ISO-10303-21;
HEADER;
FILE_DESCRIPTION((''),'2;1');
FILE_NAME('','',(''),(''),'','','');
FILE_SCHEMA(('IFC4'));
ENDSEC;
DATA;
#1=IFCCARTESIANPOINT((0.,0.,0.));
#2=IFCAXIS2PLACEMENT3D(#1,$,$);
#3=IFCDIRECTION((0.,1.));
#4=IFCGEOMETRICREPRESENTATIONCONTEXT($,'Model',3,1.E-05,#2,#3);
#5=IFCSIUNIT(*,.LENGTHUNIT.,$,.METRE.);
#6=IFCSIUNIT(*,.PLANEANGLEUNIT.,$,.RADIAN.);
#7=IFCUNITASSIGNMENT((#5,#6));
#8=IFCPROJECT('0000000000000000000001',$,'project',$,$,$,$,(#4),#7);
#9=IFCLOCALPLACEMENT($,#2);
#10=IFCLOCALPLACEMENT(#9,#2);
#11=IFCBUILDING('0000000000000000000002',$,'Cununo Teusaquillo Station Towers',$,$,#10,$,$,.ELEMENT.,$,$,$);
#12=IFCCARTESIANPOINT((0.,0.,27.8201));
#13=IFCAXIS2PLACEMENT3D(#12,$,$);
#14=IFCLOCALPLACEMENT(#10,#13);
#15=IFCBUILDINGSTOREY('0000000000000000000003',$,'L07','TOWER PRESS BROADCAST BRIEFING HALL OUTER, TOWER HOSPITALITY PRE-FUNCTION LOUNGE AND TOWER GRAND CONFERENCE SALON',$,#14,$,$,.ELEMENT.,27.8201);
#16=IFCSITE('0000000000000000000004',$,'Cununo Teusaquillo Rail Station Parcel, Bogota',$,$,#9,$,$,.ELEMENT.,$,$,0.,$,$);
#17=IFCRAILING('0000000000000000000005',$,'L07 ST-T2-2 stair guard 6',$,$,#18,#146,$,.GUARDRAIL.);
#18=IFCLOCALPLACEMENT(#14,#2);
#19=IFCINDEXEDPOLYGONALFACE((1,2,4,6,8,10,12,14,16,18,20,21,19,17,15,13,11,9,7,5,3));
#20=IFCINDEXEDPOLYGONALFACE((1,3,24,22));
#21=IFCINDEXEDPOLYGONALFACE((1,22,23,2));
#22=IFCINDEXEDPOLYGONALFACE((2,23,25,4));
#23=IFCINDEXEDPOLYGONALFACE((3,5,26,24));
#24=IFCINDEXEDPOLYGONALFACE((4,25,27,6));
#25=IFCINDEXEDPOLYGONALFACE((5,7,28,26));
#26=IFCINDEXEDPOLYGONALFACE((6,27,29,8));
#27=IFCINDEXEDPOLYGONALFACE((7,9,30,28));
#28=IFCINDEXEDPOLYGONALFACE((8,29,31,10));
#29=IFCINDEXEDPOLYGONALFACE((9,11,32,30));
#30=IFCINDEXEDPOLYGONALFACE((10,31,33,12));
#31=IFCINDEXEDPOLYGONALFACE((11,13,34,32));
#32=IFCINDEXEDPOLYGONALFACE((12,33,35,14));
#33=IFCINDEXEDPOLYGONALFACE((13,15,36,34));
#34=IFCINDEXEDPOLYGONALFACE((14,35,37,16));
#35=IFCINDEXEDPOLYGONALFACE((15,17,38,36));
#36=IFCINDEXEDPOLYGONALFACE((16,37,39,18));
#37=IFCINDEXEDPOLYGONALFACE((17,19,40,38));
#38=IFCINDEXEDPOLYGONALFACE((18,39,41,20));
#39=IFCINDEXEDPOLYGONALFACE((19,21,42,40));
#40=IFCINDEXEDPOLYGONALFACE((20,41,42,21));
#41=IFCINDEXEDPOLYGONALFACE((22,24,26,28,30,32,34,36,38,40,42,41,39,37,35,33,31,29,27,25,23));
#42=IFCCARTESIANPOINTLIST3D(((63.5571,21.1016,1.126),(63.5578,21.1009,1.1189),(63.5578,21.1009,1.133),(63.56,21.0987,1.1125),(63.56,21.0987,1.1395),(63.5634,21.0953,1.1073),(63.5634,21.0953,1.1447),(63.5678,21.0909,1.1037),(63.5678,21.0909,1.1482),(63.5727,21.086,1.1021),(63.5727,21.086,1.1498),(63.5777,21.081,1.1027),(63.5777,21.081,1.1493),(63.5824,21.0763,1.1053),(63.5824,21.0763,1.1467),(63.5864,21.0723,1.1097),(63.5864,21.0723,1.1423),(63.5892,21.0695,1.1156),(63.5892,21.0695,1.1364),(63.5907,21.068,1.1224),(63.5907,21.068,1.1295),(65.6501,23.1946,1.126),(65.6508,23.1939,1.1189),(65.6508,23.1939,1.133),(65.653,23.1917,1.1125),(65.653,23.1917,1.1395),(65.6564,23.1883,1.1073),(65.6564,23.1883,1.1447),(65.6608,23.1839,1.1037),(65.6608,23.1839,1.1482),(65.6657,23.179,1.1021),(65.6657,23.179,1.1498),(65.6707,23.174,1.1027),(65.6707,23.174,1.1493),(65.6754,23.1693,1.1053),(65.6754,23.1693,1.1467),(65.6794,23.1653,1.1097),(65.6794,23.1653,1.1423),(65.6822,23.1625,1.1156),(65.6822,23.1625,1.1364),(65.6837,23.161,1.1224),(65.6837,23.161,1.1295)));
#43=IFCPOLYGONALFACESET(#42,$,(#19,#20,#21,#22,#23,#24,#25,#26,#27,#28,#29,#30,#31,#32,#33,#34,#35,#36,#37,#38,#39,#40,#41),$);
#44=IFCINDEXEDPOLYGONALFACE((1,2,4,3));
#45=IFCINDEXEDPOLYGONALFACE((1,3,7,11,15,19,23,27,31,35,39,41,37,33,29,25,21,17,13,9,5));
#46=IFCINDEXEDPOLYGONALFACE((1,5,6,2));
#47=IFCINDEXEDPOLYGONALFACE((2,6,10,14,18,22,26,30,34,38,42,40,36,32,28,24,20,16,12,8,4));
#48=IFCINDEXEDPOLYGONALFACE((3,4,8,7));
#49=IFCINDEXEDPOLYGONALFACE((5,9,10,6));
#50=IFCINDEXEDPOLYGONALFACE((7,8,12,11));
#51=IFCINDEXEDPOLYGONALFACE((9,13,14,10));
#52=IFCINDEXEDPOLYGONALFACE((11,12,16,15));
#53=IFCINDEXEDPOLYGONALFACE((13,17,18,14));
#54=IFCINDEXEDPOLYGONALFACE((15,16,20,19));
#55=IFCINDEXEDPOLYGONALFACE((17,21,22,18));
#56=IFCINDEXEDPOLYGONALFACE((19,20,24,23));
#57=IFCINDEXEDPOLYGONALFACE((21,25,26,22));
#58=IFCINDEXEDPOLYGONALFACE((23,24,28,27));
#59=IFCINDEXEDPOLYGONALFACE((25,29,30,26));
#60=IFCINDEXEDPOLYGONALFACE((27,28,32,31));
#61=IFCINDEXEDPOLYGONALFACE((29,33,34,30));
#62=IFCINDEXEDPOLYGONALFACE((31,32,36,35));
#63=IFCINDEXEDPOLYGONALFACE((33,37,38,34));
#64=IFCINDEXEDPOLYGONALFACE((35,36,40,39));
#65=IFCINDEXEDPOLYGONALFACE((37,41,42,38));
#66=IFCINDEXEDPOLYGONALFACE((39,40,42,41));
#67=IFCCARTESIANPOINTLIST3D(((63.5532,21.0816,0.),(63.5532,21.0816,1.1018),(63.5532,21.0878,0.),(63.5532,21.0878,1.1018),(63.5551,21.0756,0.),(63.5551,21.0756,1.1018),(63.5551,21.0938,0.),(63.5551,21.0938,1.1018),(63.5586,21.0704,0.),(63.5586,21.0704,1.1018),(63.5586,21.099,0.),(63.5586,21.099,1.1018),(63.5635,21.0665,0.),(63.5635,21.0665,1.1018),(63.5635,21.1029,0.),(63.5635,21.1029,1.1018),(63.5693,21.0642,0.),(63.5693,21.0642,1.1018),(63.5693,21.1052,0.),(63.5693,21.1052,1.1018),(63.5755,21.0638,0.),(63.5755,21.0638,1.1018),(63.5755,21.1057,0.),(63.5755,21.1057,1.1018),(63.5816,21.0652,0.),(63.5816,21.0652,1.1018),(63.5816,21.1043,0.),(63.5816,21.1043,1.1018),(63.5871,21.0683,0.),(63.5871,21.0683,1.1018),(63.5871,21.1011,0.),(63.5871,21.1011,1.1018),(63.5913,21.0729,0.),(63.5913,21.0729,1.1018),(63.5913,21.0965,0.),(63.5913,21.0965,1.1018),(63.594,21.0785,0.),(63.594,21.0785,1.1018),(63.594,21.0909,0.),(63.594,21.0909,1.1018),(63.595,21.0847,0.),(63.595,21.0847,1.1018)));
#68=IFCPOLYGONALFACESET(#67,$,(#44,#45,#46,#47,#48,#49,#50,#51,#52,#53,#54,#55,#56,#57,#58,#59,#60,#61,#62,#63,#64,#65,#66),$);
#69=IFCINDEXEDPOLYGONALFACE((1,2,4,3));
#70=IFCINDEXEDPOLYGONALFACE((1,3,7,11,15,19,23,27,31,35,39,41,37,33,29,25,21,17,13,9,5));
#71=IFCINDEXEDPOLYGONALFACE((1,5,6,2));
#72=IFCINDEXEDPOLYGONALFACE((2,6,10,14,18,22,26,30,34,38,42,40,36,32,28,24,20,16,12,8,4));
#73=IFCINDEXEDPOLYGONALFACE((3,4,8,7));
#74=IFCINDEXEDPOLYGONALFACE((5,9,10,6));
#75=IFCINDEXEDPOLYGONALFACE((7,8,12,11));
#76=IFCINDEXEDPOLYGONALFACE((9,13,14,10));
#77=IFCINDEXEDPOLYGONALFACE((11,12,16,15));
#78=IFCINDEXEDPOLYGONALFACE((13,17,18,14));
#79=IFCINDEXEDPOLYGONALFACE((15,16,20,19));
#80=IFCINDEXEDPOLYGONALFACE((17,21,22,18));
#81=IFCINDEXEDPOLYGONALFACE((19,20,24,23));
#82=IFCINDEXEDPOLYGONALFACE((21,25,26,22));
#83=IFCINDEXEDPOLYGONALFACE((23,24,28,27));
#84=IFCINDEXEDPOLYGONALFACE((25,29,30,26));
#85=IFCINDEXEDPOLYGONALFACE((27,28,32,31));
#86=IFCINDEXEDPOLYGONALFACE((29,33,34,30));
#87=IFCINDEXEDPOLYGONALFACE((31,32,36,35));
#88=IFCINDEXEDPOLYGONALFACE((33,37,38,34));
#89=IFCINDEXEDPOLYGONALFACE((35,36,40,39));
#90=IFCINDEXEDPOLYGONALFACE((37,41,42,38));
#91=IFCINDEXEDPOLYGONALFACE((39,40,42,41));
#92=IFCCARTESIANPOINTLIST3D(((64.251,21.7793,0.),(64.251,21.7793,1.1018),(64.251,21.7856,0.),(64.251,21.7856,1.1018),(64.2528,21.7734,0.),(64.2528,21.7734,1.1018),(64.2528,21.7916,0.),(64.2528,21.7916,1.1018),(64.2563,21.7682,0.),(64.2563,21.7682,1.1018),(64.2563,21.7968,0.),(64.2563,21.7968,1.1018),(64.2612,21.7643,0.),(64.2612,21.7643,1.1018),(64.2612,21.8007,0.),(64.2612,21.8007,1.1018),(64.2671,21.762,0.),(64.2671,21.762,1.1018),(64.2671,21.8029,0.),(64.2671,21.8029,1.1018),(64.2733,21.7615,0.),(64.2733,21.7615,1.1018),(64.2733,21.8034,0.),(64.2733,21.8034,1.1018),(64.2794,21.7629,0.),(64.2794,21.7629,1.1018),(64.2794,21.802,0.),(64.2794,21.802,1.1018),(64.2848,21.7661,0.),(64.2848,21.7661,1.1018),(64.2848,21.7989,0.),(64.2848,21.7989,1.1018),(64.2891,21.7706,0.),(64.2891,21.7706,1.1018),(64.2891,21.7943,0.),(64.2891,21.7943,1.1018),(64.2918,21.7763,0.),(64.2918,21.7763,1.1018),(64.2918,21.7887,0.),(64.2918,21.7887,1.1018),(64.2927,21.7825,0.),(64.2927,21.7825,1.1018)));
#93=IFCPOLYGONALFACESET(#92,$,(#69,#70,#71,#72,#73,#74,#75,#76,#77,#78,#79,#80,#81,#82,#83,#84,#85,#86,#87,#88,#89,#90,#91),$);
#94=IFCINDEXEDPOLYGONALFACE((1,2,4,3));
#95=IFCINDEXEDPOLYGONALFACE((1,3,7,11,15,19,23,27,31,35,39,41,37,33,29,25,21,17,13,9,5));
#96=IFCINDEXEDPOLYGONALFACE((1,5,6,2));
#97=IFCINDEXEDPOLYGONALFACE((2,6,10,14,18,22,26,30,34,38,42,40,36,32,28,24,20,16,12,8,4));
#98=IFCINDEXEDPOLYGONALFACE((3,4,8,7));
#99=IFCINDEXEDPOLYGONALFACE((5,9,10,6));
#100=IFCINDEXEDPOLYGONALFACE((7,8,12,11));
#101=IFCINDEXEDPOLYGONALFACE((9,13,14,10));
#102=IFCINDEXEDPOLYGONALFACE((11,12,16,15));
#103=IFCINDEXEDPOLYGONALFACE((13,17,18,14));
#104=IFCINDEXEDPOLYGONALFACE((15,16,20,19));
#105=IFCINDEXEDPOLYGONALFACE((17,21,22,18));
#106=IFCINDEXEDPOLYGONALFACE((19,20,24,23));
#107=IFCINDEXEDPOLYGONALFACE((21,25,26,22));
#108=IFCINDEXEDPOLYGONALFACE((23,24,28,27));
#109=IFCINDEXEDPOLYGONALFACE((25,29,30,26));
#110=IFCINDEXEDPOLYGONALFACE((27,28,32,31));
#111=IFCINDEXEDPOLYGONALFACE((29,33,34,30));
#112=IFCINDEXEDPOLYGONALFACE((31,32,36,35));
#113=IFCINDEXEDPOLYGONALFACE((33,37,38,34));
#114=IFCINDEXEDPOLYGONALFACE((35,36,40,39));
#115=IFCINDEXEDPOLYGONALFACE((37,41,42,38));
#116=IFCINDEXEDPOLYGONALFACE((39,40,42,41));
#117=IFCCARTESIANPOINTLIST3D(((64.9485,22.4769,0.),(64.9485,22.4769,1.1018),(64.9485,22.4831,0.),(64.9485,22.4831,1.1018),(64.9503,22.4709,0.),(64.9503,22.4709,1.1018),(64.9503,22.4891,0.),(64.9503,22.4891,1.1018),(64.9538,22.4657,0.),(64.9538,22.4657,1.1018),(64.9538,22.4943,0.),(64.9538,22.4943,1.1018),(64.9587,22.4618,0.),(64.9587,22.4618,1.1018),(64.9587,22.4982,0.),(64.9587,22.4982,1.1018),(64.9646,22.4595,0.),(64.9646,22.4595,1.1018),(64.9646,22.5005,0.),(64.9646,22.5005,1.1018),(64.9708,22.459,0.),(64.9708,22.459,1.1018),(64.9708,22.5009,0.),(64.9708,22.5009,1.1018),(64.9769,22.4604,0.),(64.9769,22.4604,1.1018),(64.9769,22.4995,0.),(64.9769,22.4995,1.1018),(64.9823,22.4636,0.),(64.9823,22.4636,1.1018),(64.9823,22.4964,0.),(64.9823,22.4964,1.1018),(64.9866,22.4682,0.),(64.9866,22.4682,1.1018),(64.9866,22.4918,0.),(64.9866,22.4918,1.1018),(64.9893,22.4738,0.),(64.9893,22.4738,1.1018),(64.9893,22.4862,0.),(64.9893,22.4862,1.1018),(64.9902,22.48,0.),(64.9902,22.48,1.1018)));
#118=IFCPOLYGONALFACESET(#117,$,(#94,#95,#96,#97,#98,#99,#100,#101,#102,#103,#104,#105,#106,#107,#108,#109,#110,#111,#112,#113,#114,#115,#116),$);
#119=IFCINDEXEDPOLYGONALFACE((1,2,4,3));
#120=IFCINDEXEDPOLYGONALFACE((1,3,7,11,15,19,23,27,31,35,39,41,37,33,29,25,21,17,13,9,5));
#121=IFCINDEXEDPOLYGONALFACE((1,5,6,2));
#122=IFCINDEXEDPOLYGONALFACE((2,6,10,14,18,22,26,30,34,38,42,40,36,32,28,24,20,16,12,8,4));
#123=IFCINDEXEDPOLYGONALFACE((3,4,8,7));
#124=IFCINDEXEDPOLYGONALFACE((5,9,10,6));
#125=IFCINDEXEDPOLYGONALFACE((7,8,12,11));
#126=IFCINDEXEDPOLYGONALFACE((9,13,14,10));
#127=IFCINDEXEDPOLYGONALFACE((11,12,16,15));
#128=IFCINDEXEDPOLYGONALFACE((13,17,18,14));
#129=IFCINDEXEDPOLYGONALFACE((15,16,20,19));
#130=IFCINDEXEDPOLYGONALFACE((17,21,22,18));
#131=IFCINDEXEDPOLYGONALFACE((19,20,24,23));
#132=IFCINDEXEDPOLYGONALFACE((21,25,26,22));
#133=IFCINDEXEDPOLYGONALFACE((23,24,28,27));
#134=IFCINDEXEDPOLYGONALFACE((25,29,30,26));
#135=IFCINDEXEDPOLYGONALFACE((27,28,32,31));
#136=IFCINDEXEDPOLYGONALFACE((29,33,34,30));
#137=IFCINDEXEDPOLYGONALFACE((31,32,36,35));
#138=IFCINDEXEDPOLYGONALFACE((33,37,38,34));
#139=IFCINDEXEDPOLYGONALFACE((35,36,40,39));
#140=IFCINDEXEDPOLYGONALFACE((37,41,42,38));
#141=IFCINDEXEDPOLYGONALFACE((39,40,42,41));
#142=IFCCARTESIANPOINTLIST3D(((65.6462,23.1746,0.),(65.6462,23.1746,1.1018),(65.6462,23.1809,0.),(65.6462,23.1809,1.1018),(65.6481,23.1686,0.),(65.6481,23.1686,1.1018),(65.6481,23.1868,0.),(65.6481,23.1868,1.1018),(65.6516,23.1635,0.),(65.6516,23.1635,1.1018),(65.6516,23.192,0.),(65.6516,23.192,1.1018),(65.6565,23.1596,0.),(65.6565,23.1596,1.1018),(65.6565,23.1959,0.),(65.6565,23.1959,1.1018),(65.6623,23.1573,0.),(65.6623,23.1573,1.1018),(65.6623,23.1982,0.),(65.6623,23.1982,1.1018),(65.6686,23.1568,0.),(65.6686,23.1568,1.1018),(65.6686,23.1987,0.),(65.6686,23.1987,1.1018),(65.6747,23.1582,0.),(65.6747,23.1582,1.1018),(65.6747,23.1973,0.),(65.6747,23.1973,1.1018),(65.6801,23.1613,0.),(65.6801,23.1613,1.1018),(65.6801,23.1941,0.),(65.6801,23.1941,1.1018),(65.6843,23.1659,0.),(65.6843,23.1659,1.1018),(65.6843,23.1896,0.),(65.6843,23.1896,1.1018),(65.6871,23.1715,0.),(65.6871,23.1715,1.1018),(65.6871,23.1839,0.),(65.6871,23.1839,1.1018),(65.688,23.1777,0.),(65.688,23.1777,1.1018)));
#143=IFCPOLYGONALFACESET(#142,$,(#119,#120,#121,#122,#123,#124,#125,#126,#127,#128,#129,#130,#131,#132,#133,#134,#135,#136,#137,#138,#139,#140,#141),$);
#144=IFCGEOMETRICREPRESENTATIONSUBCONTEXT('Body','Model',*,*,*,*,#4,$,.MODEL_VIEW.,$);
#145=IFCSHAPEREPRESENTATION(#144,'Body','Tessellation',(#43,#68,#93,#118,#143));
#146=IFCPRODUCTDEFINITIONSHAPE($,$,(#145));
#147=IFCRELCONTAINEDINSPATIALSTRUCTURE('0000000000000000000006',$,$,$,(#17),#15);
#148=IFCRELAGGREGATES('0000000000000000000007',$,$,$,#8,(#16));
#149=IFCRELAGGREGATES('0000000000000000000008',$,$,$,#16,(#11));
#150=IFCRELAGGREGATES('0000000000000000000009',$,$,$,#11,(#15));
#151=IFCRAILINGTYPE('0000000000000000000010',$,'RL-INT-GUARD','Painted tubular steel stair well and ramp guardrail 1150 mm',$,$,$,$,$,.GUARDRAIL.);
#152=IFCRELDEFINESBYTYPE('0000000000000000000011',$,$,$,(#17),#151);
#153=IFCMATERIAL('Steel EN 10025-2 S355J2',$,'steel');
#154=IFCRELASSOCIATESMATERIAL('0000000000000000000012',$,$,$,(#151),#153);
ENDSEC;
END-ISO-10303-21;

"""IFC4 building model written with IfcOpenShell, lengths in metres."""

from ifc_helpers import new_model, si_unit, direction, frame, origin, origin_2d, place, context, subcontext, project, spatial, circle, extrude, material, type_object, element, save


model = new_model("IFC4")

# Units and contexts
model_context = context("Model", 3, precision=1e-05, world=origin(), true_north=direction((0.0, 1.0)))
body_context = subcontext(model_context, "Body", "Model", "MODEL_VIEW")
ifc_project = project(units=[si_unit("LENGTHUNIT", "METRE"), si_unit("PLANEANGLEUNIT", "RADIAN")], contexts=[model_context])

# Site, building, storey
site_placement = place(None, origin())
site = spatial("IfcSite", under=ifc_project, at=site_placement, Name="Cununo Teusaquillo Rail Station Parcel, Bogota", CompositionType="ELEMENT", RefElevation=0.0)
building_placement = place(site_placement, origin())
building = spatial("IfcBuilding", under=site, at=building_placement, Name="Cununo Teusaquillo Station Towers", CompositionType="ELEMENT")
storey_placement = place(building_placement, frame((0.0, 0.0, 27.8201)))
storey = spatial("IfcBuildingStorey", under=building, at=storey_placement, Name="L07", Description="TOWER PRESS BROADCAST BRIEFING HALL OUTER, TOWER HOSPITALITY PRE-FUNCTION LOUNGE AND TOWER GRAND CONFERENCE SALON", CompositionType="ELEMENT", Elevation=27.8201)

# Railing
ifc_material_1 = material(Name="Steel EN 10025-2 S355J2", Category="steel")
railing_type = type_object("IfcRailingType", Name="RL-INT-GUARD", Description="Painted tubular steel stair well and ramp guardrail 1150 mm", PredefinedType="GUARDRAIL", material=ifc_material_1)
railing_1_placement = place(storey_placement, frame((63.574, 21.0847, 0.0)))
element("IfcRailing", 1, at=railing_1_placement, inside=storey, type_object=railing_type, Name="L07 ST-T2-2 stair guard 6", PredefinedType="GUARDRAIL", context=body_context, shape_type="SweptSolid", body=[
    extrude(circle(Radius=0.0239, at=origin_2d()), frame((0.0, 0.0, 1.126), z_axis=(0.707107, 0.707107, 0.0), x_axis=(-0.707107, 0.707107, 0.0)), (0.0, 0.0, 1.0), 2.96),
    extrude(circle(Radius=0.021, at=origin_2d()), origin(), (0.0, 0.0, 1.0), 1.1018),
    extrude(circle(Radius=0.021, at=origin_2d()), frame((0.6978, 0.6978, 0.0)), (0.0, 0.0, 1.0), 1.1018),
    extrude(circle(Radius=0.021, at=origin_2d()), frame((1.3953, 1.3953, 0.0)), (0.0, 0.0, 1.0), 1.1018),
    extrude(circle(Radius=0.021, at=origin_2d()), frame((2.093, 2.093, 0.0)), (0.0, 0.0, 1.0), 1.1018),
])

save(model, "model.ifc")
